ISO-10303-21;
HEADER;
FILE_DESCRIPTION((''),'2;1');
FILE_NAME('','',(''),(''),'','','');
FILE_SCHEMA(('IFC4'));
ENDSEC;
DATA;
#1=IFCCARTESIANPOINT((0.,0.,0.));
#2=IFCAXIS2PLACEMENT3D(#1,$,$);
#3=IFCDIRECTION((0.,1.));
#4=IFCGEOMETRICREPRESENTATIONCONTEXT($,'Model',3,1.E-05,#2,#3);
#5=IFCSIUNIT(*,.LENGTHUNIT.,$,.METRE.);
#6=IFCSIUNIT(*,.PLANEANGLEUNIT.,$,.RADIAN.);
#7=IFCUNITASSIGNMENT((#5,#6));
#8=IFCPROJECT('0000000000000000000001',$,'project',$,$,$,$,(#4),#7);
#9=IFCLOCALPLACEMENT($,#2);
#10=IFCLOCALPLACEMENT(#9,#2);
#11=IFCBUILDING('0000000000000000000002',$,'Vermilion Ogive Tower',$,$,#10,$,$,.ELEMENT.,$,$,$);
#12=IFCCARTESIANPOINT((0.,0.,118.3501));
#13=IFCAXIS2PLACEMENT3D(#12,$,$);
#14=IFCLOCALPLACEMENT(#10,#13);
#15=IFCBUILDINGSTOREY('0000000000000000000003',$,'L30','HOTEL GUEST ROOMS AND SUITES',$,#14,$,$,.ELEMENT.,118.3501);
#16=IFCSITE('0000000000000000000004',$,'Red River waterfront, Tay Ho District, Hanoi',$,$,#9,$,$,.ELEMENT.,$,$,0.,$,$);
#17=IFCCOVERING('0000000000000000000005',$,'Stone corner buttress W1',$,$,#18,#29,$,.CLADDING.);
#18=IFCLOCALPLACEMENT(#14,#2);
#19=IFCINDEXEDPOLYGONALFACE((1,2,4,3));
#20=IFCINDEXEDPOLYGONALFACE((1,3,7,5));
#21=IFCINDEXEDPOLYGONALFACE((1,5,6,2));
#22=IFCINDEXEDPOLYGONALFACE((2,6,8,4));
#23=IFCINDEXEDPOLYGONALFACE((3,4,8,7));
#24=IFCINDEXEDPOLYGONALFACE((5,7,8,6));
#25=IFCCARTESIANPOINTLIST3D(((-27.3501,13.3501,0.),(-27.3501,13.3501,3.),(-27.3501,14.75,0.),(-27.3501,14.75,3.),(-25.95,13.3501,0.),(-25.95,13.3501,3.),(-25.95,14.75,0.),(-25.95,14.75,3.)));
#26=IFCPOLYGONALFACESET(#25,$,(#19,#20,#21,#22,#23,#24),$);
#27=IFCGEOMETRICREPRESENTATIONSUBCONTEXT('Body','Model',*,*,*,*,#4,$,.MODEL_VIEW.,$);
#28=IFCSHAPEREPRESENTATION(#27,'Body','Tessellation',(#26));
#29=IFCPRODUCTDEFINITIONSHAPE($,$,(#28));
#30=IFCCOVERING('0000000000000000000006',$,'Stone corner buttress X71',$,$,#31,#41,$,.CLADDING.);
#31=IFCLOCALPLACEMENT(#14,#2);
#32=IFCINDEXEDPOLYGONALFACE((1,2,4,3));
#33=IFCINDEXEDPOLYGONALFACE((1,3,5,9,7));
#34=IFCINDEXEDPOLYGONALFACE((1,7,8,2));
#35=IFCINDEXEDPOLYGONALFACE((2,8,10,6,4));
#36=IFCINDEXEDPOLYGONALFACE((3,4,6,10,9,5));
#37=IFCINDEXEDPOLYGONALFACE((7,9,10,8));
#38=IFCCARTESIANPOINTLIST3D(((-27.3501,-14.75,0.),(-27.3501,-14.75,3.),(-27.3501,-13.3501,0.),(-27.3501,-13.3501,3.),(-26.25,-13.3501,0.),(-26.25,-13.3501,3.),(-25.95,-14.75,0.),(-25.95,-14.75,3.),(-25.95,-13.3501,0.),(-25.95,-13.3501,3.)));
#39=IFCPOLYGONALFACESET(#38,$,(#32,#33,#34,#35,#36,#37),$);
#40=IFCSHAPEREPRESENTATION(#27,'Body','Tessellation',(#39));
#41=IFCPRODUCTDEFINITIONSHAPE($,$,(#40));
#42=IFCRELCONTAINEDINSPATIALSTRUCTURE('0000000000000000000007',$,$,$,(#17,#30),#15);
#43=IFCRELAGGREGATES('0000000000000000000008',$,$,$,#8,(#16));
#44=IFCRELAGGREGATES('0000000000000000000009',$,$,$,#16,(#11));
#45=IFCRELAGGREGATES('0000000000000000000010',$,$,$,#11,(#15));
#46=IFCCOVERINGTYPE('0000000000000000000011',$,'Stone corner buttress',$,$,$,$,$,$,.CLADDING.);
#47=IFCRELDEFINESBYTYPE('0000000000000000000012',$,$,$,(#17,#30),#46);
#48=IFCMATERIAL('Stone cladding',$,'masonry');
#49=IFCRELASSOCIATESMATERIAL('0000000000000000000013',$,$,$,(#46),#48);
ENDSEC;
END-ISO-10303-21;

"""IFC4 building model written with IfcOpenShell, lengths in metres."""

from ifc_helpers import new_model, si_unit, direction, frame, origin, place, context, subcontext, project, spatial, polyline, outline, extrude, material, type_object, element, save


model = new_model("IFC4")

# Units and contexts
model_context = context("Model", 3, precision=1e-05, world=origin(), true_north=direction((0.0, 1.0)))
body_context = subcontext(model_context, "Body", "Model", "MODEL_VIEW")
ifc_project = project(units=[si_unit("LENGTHUNIT", "METRE"), si_unit("PLANEANGLEUNIT", "RADIAN")], contexts=[model_context])

# Site, building, storey
site_placement = place(None, origin())
site = spatial("IfcSite", under=ifc_project, at=site_placement, Name="Red River waterfront, Tay Ho District, Hanoi", CompositionType="ELEMENT", RefElevation=0.0)
building_placement = place(site_placement, origin())
building = spatial("IfcBuilding", under=site, at=building_placement, Name="Vermilion Ogive Tower", CompositionType="ELEMENT")
storey_placement = place(building_placement, frame((0.0, 0.0, 118.3501)))
storey = spatial("IfcBuildingStorey", under=building, at=storey_placement, Name="L30", Description="HOTEL GUEST ROOMS AND SUITES", CompositionType="ELEMENT", Elevation=118.3501)

# Coverings
ifc_material_1 = material(Name="Stone cladding", Category="masonry")
covering_type_1 = type_object("IfcCoveringType", Name="Stone corner buttress", PredefinedType="CLADDING", material=ifc_material_1)
covering_1_placement = place(storey_placement, origin())
element("IfcCovering", 1, at=covering_1_placement, inside=storey, type_object=covering_type_1, Name="Stone corner buttress W1", PredefinedType="CLADDING", context=body_context, shape_type="SweptSolid", body=[
    extrude(outline(polyline([(-27.3501, 14.75), (-25.95, 14.75), (-25.95, 13.3501), (-27.3501, 13.3501), (-27.3501, 14.75)])), origin(), (0.0, 0.0, 1.0), 3.0),
])
covering_2_placement = place(storey_placement, origin())
element("IfcCovering", 2, at=covering_2_placement, inside=storey, type_object=covering_type_1, Name="Stone corner buttress X71", PredefinedType="CLADDING", context=body_context, shape_type="SweptSolid", body=[
    extrude(outline(polyline([(-25.95, -14.75), (-27.3501, -14.75), (-27.3501, -13.3501), (-26.25, -13.3501), (-25.95, -13.3501), (-25.95, -14.75)])), origin(), (0.0, 0.0, 1.0), 3.0),
])

save(model, "model.ifc")
